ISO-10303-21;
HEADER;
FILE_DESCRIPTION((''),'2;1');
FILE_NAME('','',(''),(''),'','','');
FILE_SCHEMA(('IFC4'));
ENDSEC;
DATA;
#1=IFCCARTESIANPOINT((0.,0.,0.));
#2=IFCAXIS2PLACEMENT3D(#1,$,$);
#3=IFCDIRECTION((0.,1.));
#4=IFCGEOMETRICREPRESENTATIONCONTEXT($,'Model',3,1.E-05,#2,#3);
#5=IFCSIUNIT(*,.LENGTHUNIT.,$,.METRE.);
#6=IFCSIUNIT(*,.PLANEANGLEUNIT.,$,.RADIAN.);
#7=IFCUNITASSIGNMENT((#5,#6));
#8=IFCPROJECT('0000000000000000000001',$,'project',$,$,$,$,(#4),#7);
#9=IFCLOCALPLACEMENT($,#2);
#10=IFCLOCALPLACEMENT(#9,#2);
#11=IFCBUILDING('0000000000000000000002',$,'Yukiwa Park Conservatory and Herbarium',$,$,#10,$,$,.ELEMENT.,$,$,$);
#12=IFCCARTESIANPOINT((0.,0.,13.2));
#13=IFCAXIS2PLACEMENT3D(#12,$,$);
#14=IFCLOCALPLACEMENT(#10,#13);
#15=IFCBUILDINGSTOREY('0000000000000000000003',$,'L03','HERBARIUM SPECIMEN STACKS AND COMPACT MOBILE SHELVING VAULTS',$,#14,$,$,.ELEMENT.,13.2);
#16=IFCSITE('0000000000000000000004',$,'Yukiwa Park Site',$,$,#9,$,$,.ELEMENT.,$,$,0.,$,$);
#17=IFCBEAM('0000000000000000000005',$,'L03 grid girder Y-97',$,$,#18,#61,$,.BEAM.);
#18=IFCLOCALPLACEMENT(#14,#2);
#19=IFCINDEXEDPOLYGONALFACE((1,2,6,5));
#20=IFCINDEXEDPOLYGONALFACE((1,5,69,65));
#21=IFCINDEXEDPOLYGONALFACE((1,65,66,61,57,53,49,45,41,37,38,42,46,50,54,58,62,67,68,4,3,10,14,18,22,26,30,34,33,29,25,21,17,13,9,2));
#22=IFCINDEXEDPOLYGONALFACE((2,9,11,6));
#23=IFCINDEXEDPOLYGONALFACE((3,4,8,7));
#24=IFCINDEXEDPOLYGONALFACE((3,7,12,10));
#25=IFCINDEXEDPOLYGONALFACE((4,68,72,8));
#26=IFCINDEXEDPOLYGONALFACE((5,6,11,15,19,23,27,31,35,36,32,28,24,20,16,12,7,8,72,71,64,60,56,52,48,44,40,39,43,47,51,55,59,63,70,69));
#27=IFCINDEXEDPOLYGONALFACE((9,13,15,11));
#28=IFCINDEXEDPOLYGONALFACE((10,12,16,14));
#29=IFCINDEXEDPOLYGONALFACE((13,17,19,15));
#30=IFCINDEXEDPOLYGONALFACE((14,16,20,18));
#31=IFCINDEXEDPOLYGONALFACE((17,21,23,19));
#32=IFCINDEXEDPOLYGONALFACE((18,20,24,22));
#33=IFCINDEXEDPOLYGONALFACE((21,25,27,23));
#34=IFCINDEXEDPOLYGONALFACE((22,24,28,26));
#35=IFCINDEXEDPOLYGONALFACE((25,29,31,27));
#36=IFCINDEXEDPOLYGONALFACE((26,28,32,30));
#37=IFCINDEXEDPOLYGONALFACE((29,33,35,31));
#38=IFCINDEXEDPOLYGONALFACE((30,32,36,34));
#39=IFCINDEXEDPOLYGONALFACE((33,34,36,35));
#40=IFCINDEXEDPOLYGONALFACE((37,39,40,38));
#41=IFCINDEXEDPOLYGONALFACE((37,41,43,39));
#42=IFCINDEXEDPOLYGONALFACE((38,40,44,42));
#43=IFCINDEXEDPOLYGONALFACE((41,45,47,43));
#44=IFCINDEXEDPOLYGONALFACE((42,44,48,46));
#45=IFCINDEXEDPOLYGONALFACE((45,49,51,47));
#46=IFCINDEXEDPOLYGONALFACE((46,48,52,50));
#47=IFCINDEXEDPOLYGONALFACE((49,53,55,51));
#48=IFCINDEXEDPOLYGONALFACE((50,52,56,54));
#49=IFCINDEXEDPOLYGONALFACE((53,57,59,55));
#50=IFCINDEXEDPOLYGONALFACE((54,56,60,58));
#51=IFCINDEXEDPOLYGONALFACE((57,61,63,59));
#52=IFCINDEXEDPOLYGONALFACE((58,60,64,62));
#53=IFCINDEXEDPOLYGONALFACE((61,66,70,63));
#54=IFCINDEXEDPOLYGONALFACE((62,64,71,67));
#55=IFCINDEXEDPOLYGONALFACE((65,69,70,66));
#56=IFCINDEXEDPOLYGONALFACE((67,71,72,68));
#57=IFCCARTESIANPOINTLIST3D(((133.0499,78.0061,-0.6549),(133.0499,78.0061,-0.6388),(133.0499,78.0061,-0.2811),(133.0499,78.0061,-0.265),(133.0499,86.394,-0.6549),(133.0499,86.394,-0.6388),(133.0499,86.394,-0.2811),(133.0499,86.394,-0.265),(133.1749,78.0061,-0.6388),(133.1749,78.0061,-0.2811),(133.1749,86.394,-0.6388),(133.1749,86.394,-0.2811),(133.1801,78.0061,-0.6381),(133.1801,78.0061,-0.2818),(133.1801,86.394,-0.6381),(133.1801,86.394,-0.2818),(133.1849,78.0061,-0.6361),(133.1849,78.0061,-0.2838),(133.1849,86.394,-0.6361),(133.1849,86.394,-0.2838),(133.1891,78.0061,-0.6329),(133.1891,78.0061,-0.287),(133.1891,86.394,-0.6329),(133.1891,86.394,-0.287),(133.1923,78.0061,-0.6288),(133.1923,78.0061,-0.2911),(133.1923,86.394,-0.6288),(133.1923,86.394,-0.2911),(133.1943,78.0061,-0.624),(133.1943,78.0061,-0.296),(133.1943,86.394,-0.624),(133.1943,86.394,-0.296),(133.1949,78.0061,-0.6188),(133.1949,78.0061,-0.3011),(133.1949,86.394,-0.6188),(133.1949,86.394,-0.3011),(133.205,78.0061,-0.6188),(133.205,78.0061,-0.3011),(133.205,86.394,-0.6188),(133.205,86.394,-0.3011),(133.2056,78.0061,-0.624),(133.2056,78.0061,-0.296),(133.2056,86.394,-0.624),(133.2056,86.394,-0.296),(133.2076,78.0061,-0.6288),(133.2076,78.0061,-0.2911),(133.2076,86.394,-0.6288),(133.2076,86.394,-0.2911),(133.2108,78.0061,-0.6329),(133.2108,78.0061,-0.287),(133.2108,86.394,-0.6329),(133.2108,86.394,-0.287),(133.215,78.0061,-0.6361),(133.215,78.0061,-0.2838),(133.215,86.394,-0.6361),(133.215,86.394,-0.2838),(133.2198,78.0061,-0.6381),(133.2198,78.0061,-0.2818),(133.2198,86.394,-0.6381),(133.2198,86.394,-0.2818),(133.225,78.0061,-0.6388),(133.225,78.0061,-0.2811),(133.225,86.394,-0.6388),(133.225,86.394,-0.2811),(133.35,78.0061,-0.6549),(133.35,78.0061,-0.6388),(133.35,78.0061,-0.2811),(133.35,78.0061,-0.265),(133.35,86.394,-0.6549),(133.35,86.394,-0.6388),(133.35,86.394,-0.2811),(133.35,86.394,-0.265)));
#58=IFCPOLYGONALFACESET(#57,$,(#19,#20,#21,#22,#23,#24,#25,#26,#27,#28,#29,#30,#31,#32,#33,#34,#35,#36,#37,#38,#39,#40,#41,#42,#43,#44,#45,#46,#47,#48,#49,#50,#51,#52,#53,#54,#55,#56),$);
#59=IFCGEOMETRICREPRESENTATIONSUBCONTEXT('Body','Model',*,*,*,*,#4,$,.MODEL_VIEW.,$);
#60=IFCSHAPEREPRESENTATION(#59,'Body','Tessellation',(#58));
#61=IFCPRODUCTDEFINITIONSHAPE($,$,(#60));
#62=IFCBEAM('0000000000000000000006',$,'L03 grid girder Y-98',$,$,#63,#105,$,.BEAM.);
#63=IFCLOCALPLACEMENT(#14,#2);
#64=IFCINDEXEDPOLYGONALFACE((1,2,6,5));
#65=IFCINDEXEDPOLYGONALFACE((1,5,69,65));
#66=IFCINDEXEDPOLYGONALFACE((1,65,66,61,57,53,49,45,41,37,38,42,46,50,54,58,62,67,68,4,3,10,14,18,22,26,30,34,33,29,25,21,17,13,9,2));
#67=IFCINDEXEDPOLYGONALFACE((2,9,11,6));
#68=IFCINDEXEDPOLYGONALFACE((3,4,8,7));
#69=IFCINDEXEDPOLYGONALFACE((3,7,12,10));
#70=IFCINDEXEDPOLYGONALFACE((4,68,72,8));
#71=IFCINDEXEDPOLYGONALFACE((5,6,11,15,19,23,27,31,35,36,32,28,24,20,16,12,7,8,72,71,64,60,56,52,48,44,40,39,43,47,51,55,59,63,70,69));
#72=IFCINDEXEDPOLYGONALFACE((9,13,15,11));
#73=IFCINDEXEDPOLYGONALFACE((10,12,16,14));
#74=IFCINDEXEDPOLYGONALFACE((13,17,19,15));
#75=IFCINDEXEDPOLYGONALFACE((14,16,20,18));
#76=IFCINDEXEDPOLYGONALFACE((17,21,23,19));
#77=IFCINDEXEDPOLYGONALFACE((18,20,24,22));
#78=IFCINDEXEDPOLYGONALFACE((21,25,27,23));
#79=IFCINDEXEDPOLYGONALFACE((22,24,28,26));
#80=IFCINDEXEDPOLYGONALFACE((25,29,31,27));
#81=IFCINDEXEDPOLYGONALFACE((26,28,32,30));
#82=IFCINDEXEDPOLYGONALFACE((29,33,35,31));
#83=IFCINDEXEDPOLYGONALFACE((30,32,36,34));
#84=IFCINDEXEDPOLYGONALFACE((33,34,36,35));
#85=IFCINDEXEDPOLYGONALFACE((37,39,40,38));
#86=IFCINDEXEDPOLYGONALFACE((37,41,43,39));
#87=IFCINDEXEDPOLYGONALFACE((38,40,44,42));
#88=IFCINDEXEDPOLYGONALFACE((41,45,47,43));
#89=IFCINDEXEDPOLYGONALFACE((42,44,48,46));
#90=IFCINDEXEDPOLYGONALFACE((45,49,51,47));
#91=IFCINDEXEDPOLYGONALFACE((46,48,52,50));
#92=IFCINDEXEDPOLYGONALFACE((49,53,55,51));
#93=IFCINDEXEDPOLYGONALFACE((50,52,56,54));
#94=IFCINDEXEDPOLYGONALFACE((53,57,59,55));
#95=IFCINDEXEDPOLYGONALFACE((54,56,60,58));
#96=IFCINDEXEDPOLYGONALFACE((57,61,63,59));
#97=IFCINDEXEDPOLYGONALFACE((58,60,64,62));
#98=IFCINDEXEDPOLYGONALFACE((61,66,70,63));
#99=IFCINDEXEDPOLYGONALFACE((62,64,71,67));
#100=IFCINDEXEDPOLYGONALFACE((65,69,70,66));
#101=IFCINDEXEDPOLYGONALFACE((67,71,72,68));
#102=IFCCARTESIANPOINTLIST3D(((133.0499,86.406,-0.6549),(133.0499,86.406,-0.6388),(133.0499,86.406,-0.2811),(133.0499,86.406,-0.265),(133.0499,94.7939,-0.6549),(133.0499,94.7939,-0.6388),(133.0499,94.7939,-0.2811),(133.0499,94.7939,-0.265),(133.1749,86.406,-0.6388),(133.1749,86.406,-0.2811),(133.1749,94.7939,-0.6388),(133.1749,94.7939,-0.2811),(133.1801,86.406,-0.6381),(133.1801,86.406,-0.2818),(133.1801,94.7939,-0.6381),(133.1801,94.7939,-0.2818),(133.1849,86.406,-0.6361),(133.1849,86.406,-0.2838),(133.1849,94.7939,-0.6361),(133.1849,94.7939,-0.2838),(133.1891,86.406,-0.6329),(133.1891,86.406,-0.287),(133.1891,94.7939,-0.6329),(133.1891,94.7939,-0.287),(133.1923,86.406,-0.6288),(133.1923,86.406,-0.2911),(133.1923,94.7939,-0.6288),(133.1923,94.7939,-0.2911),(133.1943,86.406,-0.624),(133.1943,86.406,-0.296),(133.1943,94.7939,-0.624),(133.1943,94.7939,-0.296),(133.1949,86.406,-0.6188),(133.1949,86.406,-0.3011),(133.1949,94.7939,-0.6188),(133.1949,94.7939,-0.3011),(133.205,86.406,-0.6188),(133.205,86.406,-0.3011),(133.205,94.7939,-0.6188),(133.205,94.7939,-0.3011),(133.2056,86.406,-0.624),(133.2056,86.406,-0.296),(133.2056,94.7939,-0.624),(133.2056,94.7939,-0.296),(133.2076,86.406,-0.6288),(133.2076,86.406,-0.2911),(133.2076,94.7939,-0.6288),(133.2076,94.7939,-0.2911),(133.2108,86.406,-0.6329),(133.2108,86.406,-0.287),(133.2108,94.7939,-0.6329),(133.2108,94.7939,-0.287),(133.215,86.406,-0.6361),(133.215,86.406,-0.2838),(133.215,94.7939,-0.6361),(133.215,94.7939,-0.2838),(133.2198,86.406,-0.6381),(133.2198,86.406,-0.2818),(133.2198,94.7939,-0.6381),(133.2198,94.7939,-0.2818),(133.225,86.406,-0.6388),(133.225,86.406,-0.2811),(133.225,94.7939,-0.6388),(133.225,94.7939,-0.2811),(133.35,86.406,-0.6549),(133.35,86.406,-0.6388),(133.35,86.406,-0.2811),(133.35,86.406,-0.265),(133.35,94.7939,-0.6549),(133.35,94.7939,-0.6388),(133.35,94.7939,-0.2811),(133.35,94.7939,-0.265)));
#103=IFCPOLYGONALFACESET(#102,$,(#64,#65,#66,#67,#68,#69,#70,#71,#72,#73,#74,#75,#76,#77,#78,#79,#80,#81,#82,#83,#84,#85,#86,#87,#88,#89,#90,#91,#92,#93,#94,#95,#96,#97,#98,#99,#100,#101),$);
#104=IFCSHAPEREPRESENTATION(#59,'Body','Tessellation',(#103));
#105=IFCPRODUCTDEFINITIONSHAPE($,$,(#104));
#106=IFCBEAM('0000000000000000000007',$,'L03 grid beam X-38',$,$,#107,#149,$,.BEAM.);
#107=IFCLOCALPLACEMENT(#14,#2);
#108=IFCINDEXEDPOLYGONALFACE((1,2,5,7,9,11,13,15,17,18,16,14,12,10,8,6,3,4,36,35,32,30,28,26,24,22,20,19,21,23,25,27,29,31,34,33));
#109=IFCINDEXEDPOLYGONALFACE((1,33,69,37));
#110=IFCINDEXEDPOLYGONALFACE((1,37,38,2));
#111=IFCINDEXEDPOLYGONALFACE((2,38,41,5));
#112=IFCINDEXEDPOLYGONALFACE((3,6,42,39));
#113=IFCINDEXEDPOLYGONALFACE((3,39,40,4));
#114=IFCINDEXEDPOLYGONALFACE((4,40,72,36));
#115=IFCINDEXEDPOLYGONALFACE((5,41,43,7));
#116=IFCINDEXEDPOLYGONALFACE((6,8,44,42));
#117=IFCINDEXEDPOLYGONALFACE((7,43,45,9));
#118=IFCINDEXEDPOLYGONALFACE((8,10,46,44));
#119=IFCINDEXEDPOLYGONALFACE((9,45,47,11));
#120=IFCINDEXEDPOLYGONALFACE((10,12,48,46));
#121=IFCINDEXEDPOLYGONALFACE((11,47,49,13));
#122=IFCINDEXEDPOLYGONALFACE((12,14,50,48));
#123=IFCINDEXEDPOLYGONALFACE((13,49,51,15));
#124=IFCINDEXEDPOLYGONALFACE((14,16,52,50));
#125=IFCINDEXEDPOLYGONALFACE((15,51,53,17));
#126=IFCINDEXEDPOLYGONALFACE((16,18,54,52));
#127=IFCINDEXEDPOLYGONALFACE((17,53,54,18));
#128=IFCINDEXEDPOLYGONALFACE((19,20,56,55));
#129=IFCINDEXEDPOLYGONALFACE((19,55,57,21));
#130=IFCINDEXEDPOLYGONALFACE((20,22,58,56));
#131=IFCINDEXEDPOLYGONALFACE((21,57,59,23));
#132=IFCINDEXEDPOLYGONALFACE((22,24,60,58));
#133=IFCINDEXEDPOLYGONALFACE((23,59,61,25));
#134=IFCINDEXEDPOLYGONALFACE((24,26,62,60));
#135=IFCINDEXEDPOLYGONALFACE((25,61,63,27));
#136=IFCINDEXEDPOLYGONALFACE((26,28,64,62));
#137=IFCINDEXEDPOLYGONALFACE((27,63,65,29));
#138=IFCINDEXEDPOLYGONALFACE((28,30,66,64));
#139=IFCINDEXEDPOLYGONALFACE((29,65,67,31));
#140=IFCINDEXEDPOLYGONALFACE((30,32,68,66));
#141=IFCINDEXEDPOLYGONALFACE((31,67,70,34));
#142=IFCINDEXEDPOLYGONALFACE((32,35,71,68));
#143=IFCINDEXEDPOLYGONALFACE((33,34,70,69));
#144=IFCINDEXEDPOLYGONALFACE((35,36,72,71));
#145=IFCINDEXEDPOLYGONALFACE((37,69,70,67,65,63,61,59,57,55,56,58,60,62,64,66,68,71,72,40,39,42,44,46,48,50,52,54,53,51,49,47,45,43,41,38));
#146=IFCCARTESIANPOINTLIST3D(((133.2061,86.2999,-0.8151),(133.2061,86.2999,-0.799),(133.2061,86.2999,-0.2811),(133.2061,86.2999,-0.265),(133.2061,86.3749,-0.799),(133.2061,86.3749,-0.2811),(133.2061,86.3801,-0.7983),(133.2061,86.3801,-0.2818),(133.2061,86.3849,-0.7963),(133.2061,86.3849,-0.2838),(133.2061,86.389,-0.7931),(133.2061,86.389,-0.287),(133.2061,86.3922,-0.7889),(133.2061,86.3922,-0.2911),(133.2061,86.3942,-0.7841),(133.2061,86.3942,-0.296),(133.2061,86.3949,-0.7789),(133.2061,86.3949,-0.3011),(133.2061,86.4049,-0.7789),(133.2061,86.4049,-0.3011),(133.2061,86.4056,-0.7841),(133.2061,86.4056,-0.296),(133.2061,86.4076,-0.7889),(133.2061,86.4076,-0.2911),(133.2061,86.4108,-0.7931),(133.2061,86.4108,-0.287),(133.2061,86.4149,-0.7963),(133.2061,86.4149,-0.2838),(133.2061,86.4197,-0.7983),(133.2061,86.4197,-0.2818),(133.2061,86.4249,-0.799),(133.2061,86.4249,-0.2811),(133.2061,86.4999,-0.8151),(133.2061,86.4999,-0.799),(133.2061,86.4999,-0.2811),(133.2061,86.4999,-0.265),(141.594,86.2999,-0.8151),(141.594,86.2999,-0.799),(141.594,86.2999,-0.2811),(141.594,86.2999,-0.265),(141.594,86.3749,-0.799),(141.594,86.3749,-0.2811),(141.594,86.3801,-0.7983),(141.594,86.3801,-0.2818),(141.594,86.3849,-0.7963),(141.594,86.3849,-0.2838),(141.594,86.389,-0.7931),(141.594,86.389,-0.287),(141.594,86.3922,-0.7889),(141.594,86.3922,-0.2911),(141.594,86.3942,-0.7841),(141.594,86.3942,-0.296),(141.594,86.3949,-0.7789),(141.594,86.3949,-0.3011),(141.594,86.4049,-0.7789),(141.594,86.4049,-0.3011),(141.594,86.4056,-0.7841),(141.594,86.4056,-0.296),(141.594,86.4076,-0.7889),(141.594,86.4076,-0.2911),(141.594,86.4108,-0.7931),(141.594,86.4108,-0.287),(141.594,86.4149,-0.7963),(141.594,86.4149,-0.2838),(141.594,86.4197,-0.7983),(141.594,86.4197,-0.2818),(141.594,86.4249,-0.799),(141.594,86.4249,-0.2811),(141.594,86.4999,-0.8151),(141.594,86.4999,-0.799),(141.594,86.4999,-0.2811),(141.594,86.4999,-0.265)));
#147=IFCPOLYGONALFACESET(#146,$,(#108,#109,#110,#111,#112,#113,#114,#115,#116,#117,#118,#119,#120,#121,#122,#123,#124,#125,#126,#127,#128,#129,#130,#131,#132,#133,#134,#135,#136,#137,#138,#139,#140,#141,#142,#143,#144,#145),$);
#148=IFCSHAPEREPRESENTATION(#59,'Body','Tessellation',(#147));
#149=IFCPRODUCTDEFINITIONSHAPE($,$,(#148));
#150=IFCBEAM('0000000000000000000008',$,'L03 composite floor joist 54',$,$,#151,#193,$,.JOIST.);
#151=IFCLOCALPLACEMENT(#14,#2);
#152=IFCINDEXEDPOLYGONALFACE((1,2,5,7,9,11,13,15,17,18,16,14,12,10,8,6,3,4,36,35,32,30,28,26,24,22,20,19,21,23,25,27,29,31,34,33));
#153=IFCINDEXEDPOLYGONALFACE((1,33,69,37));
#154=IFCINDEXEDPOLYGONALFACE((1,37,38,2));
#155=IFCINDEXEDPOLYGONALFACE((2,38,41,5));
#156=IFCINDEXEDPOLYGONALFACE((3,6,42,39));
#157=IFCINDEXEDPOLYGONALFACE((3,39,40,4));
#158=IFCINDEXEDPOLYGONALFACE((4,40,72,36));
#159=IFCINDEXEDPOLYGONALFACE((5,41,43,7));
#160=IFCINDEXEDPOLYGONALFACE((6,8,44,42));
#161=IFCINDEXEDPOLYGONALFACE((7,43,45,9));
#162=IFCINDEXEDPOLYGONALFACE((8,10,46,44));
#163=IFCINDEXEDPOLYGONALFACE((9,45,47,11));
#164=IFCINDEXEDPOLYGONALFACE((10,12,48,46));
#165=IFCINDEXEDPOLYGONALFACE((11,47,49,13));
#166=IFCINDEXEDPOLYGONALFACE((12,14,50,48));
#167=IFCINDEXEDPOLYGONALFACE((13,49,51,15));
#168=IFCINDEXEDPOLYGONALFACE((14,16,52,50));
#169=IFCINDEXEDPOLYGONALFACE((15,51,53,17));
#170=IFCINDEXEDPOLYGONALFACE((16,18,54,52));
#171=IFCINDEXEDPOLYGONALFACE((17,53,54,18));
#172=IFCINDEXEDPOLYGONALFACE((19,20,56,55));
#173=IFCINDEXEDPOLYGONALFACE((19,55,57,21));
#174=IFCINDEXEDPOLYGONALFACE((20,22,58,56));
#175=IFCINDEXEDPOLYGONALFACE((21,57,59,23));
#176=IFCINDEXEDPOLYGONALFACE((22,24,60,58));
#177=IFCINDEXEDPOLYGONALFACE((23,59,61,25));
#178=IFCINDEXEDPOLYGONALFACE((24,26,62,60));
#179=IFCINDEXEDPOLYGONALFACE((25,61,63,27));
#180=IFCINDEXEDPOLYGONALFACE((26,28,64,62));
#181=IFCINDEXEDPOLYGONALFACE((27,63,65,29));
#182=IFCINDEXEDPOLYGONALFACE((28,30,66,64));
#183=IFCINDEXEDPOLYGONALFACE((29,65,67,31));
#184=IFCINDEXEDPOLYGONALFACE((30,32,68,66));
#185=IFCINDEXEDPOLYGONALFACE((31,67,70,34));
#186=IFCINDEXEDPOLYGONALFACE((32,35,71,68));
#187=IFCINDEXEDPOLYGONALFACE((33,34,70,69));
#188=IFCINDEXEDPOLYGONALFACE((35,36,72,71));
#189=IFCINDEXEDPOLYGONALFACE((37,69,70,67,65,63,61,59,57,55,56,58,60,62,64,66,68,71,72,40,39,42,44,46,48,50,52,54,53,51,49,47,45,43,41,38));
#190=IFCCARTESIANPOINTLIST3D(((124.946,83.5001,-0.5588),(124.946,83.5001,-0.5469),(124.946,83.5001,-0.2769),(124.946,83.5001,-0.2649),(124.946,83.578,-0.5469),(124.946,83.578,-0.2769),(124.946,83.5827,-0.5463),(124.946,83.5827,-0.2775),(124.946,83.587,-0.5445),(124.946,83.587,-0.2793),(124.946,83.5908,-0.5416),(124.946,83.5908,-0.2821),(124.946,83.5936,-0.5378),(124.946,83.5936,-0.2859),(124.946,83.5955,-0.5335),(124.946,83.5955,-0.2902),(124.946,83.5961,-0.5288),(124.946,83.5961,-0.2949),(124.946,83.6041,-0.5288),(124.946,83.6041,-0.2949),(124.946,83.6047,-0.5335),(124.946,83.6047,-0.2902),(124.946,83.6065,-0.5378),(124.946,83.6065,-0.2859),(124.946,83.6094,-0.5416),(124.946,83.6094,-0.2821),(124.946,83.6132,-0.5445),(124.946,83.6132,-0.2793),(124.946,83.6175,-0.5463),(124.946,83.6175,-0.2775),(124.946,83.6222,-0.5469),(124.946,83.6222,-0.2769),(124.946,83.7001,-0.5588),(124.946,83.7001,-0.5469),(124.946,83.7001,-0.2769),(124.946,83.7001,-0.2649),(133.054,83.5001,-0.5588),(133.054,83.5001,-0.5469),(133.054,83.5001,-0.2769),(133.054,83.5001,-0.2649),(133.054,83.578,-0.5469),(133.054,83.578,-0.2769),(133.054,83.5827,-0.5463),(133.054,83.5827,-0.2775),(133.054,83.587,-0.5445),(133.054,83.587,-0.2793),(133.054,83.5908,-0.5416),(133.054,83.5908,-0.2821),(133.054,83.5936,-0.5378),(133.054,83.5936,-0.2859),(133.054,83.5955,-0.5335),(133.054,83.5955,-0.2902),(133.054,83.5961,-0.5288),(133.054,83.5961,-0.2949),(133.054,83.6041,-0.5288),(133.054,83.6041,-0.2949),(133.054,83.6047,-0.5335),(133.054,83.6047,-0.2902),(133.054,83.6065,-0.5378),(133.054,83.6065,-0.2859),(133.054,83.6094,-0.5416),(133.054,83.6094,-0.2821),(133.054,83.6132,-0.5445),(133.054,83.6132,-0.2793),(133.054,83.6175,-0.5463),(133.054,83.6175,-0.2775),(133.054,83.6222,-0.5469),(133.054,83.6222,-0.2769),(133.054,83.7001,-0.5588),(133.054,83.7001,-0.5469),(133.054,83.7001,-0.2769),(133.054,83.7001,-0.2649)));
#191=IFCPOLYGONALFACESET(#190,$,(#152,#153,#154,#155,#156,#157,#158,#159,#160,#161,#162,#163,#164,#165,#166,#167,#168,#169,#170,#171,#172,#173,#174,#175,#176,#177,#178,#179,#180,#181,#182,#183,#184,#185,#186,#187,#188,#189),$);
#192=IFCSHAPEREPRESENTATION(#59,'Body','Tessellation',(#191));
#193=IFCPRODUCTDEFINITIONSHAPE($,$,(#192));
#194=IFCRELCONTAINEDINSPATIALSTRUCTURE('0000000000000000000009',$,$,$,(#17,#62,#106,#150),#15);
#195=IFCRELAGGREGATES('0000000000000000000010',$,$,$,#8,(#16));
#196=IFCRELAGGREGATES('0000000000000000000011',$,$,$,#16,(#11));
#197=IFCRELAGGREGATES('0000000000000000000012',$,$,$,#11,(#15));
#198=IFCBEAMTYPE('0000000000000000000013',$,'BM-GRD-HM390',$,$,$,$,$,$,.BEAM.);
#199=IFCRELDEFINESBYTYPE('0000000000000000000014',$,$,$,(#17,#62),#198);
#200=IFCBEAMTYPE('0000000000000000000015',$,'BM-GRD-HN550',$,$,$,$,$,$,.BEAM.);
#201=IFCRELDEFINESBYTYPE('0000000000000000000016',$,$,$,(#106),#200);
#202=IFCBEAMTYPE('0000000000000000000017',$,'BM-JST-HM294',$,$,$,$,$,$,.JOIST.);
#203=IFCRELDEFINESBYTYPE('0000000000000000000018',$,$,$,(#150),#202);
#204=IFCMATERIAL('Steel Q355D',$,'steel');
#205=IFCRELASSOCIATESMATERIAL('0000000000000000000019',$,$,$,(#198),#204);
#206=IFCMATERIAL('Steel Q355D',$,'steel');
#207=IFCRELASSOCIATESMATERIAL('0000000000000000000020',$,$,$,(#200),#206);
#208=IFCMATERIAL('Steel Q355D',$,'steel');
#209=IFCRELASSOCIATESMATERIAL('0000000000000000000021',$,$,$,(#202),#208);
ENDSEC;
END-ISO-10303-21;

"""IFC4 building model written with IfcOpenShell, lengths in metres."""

from ifc_helpers import new_model, si_unit, direction, frame, origin, origin_2d, place, context, subcontext, project, spatial, i_section, extrude, material, material_profile, profile_set, type_object, element, save


model = new_model("IFC4")

# Units and contexts
model_context = context("Model", 3, precision=1e-05, world=origin(), true_north=direction((0.0, 1.0)))
body_context = subcontext(model_context, "Body", "Model", "MODEL_VIEW")
ifc_project = project(units=[si_unit("LENGTHUNIT", "METRE"), si_unit("PLANEANGLEUNIT", "RADIAN")], contexts=[model_context])

# Site, building, storey
site_placement = place(None, origin())
site = spatial("IfcSite", under=ifc_project, at=site_placement, Name="Yukiwa Park Site", CompositionType="ELEMENT", RefElevation=0.0)
building_placement = place(site_placement, origin())
building = spatial("IfcBuilding", under=site, at=building_placement, Name="Yukiwa Park Conservatory and Herbarium", CompositionType="ELEMENT")
storey_placement = place(building_placement, frame((0.0, 0.0, 13.2)))
storey = spatial("IfcBuildingStorey", under=building, at=storey_placement, Name="L03", Description="HERBARIUM SPECIMEN STACKS AND COMPACT MOBILE SHELVING VAULTS", CompositionType="ELEMENT", Elevation=13.2)

# Beams
ifc_material_1 = material(Name="Steel Q355D", Category="steel")
ifc_material_profile_1 = material_profile(ifc_material_1, i_section(OverallWidth=0.3, OverallDepth=0.3899, WebThickness=0.01, FlangeThickness=0.0161, FilletRadius=0.02, at=origin_2d()), Name="HM 390x300x10x16")
ifc_profile_set_1 = profile_set([ifc_material_profile_1], Name="Steel Q355D")
beam_type_1 = type_object("IfcBeamType", Name="BM-GRD-HM390", PredefinedType="BEAM", material=ifc_profile_set_1)
for number, where, z_axis, x_axis, name in (
    (1, (133.2, 78.0061, -0.46), (0.0, 1.0, 0.0), (-1.0, 0.0, 0.0), "L03 grid girder Y-97"),
    (2, (133.2, 86.406, -0.46), (0.0, 1.0, 0.0), (-1.0, 0.0, 0.0), "L03 grid girder Y-98"),
):
    element("IfcBeam", number, at=place(storey_placement, frame(where, z_axis=z_axis, x_axis=x_axis)), inside=storey, type_object=beam_type_1, Name=name, PredefinedType="BEAM", context=body_context, shape_type="SweptSolid", body=[
        extrude(i_section(OverallWidth=0.3, OverallDepth=0.3899, WebThickness=0.01, FlangeThickness=0.0161, FilletRadius=0.02, at=origin_2d()), origin(), (0.0, 0.0, 1.0), 8.3879),
    ])
ifc_material_2 = material(Name="Steel Q355D", Category="steel")
ifc_material_profile_2 = material_profile(ifc_material_2, i_section(OverallWidth=0.2, OverallDepth=0.55, WebThickness=0.01, FlangeThickness=0.0161, FilletRadius=0.02, at=origin_2d()), Name="HN 550x200x10x16")
ifc_profile_set_2 = profile_set([ifc_material_profile_2], Name="Steel Q355D")
beam_type_2 = type_object("IfcBeamType", Name="BM-GRD-HN550", PredefinedType="BEAM", material=ifc_profile_set_2)
beam_1_placement = place(storey_placement, frame((133.2061, 86.3999, -0.54), z_axis=(1.0, 0.0, 0.0), x_axis=(0.0, 1.0, 0.0)))
element("IfcBeam", 3, at=beam_1_placement, inside=storey, type_object=beam_type_2, Name="L03 grid beam X-38", PredefinedType="BEAM", context=body_context, shape_type="SweptSolid", body=[
    extrude(i_section(OverallWidth=0.2, OverallDepth=0.55, WebThickness=0.01, FlangeThickness=0.0161, FilletRadius=0.02, at=origin_2d()), origin(), (0.0, 0.0, 1.0), 8.3879),
])
ifc_material_3 = material(Name="Steel Q355D", Category="steel")
ifc_material_profile_3 = material_profile(ifc_material_3, i_section(OverallWidth=0.2, OverallDepth=0.2939, WebThickness=0.0081, FlangeThickness=0.012, FilletRadius=0.0181, at=origin_2d()), Name="HM 294x200x8x12")
ifc_profile_set_3 = profile_set([ifc_material_profile_3], Name="Steel Q355D")
beam_type_3 = type_object("IfcBeamType", Name="BM-JST-HM294", PredefinedType="JOIST", material=ifc_profile_set_3)
for number, where, z_axis, x_axis, name in (
    (4, (124.946, 83.6001, -0.4119), (1.0, 0.0, 0.0), (0.0, 1.0, 0.0), "L03 composite floor joist 54"),
):
    element("IfcBeam", number, at=place(storey_placement, frame(where, z_axis=z_axis, x_axis=x_axis)), inside=storey, type_object=beam_type_3, Name=name, PredefinedType="JOIST", context=body_context, shape_type="SweptSolid", body=[
        extrude(i_section(OverallWidth=0.2, OverallDepth=0.2939, WebThickness=0.0081, FlangeThickness=0.012, FilletRadius=0.0181, at=origin_2d()), origin(), (0.0, 0.0, 1.0), 8.1079),
    ])

save(model, "model.ifc")
